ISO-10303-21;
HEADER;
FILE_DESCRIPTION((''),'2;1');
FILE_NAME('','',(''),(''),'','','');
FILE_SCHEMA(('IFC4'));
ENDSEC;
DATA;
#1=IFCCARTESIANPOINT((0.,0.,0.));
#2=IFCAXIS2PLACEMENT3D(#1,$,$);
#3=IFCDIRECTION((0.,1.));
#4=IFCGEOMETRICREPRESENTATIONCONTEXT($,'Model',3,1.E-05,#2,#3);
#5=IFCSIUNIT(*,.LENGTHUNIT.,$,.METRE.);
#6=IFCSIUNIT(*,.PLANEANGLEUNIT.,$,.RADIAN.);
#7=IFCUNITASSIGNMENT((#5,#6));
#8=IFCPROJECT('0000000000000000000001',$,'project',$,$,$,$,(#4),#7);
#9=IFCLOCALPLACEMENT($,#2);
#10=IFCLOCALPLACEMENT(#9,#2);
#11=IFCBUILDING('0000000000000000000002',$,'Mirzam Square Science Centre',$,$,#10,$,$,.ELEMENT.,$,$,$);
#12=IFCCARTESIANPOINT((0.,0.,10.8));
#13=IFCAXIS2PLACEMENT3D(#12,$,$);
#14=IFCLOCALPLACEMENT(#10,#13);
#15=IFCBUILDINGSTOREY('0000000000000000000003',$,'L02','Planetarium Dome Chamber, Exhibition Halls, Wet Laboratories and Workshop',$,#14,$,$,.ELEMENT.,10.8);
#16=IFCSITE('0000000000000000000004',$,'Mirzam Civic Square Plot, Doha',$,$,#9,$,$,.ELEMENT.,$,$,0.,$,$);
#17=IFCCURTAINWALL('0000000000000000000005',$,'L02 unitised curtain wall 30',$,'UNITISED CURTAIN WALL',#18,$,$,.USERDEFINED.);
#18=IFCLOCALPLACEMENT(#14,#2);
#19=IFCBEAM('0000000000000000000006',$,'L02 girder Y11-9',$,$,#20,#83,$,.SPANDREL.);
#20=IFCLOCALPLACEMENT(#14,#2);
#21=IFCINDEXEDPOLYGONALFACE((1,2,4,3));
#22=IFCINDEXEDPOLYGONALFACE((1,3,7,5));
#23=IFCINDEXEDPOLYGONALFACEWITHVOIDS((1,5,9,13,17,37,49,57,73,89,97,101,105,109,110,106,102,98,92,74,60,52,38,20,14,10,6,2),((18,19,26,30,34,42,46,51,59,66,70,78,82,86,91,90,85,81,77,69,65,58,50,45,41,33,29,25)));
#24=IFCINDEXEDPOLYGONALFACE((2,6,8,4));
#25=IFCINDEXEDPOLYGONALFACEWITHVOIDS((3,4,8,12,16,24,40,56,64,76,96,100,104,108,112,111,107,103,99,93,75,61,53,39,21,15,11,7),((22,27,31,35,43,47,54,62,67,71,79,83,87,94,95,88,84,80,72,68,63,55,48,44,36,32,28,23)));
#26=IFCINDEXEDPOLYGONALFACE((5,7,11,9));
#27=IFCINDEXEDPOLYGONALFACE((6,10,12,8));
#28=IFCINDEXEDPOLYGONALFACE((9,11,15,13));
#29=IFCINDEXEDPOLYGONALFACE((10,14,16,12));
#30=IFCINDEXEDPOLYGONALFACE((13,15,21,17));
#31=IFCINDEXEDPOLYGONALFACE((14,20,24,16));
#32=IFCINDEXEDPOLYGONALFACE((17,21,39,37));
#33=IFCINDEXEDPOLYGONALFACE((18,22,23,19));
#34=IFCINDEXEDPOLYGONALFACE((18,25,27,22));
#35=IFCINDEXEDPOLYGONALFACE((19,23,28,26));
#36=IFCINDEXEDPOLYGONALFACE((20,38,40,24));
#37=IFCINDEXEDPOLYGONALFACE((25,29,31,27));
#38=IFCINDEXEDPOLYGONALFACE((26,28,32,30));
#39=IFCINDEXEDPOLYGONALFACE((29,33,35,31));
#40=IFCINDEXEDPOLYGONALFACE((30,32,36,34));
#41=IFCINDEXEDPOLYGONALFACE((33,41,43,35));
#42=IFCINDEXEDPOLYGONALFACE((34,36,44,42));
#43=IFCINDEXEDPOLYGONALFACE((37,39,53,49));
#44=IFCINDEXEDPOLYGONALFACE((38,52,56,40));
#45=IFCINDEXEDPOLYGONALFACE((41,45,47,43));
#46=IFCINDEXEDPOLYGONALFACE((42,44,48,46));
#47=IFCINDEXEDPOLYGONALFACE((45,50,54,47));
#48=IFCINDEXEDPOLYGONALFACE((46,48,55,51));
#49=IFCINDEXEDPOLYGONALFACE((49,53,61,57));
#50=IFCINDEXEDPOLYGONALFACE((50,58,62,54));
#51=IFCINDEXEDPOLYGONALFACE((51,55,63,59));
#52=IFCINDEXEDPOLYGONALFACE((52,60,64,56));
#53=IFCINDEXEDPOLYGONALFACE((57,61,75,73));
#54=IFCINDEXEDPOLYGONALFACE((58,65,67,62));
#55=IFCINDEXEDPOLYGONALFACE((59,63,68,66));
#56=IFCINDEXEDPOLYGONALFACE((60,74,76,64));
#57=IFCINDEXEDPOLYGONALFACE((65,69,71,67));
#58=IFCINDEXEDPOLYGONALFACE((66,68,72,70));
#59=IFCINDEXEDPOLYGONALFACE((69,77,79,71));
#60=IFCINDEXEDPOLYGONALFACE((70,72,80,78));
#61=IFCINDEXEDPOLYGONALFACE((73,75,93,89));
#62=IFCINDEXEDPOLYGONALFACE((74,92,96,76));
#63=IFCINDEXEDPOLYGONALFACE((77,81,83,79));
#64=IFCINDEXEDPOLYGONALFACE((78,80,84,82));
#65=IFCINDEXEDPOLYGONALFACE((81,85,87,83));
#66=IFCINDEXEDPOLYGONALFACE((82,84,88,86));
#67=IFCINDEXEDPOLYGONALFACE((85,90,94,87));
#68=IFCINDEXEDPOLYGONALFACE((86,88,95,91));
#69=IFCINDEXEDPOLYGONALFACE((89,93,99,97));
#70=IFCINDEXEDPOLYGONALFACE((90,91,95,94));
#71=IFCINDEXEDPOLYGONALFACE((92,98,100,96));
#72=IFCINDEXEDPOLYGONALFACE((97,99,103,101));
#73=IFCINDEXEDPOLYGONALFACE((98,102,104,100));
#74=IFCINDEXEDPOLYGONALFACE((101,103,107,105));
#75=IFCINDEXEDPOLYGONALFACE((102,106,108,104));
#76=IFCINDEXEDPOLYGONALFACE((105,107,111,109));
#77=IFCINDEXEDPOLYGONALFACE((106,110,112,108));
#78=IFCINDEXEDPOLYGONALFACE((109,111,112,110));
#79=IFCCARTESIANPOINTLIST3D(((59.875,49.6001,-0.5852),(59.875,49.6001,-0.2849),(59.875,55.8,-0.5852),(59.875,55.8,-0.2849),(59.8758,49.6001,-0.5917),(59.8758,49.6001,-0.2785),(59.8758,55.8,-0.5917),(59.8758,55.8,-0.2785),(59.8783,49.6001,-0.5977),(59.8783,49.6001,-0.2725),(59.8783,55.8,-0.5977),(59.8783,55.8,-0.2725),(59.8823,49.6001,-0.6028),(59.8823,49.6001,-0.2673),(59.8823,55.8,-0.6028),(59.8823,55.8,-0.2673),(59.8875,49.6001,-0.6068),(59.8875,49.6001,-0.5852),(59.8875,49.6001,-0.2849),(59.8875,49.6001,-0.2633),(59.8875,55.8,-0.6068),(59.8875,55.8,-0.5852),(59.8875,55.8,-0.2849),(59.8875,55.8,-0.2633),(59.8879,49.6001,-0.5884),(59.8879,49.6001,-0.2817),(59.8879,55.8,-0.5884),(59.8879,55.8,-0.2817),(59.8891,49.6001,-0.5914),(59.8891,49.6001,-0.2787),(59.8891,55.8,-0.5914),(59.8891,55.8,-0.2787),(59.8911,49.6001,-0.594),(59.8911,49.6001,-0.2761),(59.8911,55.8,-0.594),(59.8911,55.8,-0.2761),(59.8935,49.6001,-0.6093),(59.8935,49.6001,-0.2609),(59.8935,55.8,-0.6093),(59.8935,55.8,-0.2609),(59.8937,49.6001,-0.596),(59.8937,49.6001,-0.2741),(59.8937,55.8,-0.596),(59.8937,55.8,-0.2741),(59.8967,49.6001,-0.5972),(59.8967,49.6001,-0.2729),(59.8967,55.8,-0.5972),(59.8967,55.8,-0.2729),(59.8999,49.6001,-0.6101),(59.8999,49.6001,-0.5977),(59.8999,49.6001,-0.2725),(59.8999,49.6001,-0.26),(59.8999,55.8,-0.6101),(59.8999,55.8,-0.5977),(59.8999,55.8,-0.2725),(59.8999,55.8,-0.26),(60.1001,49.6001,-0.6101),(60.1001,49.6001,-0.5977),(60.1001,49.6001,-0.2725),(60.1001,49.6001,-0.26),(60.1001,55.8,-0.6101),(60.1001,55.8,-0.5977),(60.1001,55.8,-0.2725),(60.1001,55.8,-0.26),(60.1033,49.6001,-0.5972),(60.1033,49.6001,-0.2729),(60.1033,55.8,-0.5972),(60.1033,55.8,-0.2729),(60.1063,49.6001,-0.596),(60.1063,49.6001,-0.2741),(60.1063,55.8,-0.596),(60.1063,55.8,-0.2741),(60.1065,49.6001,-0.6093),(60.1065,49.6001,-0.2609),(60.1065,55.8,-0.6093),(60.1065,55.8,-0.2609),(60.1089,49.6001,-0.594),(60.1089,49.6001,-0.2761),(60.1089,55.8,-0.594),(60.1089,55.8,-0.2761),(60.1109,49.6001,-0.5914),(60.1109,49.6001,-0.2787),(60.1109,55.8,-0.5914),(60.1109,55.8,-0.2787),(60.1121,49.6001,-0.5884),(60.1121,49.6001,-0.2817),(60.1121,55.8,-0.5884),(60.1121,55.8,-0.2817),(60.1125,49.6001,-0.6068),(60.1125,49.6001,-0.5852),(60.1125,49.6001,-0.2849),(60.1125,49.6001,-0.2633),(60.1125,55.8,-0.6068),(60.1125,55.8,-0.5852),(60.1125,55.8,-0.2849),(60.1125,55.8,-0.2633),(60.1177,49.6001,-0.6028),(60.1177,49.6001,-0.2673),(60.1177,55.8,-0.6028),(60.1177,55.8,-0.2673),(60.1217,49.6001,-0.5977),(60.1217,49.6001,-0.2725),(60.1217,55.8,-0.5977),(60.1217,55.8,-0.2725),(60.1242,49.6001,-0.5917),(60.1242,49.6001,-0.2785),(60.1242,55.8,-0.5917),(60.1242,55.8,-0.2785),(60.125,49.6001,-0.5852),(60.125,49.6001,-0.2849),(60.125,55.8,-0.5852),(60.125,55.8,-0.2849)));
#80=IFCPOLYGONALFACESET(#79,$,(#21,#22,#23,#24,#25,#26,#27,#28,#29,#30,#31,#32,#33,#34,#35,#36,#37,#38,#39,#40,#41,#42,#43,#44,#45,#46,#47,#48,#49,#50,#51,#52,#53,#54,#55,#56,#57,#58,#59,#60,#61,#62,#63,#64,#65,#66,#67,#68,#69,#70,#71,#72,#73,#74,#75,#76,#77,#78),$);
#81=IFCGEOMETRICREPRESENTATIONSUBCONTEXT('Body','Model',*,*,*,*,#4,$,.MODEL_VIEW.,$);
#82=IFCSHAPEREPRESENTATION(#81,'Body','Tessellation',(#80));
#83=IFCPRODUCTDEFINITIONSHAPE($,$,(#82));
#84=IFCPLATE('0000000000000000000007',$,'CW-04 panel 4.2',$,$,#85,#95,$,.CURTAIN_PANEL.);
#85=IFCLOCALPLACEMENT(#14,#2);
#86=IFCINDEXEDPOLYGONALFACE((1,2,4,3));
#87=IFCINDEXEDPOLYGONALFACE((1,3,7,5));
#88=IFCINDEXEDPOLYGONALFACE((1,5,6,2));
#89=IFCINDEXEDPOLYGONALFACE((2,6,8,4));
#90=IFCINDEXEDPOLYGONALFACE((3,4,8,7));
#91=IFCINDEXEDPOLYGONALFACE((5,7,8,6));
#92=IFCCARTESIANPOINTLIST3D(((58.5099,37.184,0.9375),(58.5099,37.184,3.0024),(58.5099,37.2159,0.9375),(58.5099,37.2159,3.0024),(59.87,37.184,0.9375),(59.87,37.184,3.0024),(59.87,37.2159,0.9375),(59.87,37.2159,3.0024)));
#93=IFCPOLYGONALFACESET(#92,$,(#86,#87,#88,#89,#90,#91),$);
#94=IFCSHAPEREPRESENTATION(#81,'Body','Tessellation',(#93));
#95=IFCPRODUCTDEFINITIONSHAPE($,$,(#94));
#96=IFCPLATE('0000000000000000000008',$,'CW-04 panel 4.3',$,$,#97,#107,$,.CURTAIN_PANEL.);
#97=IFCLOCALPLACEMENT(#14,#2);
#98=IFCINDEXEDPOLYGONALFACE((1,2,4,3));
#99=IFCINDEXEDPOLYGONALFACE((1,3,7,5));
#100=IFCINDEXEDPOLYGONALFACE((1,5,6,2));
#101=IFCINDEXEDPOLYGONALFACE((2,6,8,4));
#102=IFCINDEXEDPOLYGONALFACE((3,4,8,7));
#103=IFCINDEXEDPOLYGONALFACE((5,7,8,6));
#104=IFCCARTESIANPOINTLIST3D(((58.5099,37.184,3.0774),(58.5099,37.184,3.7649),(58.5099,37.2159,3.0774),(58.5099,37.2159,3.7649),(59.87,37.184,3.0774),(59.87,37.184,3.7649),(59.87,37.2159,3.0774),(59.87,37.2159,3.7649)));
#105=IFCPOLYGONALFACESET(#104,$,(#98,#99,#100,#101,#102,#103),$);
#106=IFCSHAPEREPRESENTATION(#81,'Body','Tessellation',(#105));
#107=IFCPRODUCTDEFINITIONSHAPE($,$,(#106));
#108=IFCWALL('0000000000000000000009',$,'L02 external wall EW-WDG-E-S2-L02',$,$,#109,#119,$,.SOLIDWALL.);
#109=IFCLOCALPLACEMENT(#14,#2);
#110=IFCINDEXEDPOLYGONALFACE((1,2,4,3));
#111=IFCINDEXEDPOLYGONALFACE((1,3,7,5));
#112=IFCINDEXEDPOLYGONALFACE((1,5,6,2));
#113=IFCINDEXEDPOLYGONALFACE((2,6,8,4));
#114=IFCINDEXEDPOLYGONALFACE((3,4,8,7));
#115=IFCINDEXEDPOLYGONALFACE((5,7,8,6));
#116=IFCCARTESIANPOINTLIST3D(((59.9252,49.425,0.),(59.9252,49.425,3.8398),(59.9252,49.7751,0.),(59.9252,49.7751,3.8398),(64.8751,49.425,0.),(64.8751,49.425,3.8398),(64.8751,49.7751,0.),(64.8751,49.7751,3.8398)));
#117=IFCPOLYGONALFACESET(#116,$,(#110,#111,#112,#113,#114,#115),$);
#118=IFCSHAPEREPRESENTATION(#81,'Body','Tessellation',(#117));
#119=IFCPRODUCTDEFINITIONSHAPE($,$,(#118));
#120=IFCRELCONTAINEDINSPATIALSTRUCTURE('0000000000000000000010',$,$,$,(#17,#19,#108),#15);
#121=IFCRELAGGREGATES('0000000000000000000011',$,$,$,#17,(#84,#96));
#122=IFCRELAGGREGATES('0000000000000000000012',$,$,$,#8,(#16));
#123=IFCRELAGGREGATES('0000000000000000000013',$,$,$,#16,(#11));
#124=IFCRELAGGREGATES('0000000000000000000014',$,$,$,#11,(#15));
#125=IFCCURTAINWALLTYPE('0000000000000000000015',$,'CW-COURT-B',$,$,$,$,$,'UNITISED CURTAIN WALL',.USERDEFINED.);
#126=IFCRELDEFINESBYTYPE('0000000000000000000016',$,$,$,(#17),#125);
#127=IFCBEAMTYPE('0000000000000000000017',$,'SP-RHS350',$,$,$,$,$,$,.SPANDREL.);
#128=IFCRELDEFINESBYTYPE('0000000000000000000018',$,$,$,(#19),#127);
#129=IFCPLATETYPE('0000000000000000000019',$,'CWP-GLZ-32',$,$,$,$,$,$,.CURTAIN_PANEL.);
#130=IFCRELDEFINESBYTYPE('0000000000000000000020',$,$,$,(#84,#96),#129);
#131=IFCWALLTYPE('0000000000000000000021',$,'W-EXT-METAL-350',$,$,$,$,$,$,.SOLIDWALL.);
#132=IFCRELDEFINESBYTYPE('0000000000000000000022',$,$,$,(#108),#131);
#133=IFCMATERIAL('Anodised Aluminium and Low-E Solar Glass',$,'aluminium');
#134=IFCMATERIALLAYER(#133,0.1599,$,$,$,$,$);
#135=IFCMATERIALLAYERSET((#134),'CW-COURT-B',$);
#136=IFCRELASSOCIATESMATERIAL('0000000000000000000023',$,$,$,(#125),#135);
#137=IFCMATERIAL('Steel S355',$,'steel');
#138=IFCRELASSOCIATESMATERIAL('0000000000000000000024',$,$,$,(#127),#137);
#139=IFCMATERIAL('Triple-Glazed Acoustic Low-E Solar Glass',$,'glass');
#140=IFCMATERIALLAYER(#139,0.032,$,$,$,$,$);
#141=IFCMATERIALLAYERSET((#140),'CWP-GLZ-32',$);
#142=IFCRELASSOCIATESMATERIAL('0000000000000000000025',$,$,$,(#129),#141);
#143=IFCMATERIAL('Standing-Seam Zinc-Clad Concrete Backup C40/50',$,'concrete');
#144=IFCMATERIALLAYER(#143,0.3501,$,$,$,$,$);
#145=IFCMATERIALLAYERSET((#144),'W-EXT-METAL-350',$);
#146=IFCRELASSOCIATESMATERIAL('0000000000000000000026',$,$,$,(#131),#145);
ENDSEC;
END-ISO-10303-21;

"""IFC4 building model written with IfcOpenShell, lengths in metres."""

from ifc_helpers import new_model, si_unit, direction, frame, frame_2d, origin, origin_2d, place, context, subcontext, project, spatial, rectangle, hollow_rectangle, extrude, material, layer, layer_set, material_profile, profile_set, type_object, element, aggregate, save


model = new_model("IFC4")

# Units and contexts
model_context = context("Model", 3, precision=1e-05, world=origin(), true_north=direction((0.0, 1.0)))
body_context = subcontext(model_context, "Body", "Model", "MODEL_VIEW")
ifc_project = project(units=[si_unit("LENGTHUNIT", "METRE"), si_unit("PLANEANGLEUNIT", "RADIAN")], contexts=[model_context])

# Site, building, storey
site_placement = place(None, origin())
site = spatial("IfcSite", under=ifc_project, at=site_placement, Name="Mirzam Civic Square Plot, Doha", CompositionType="ELEMENT", RefElevation=0.0)
building_placement = place(site_placement, origin())
building = spatial("IfcBuilding", under=site, at=building_placement, Name="Mirzam Square Science Centre", CompositionType="ELEMENT")
storey_placement = place(building_placement, frame((0.0, 0.0, 10.8)))
storey = spatial("IfcBuildingStorey", under=building, at=storey_placement, Name="L02", Description="Planetarium Dome Chamber, Exhibition Halls, Wet Laboratories and Workshop", CompositionType="ELEMENT", Elevation=10.8)

# Shared definitions
ifc_material_1 = material(Name="Steel S355", Category="steel")

# Curtain wall
ifc_material_2 = material(Name="Anodised Aluminium and Low-E Solar Glass", Category="aluminium")
ifc_layer_1 = layer(ifc_material_2, 0.1599)
ifc_layer_set_1 = layer_set([ifc_layer_1], Name="CW-COURT-B")
curtain_wall_type = type_object("IfcCurtainWallType", Name="CW-COURT-B", ElementType="UNITISED CURTAIN WALL", PredefinedType="USERDEFINED", material=ifc_layer_set_1)
curtain_wall_placement = place(storey_placement, origin())
curtain_wall = element("IfcCurtainWall", 1, at=curtain_wall_placement, inside=storey, type_object=curtain_wall_type, Name="L02 unitised curtain wall 30", ObjectType="UNITISED CURTAIN WALL", PredefinedType="USERDEFINED")

# Beam
ifc_material_profile_1 = material_profile(ifc_material_1, hollow_rectangle(XDim=0.25, YDim=0.3501, WallThickness=0.0125, InnerFilletRadius=0.0125, OuterFilletRadius=0.0249, at=origin_2d()), Name="350x250x12.5RHS")
ifc_profile_set_1 = profile_set([ifc_material_profile_1], Name="Steel S355")
beam_type_1 = type_object("IfcBeamType", Name="SP-RHS350", PredefinedType="SPANDREL", material=ifc_profile_set_1)
beam_1_placement = place(storey_placement, frame((60.0, 49.6001, -0.4351), z_axis=(0.0, 1.0, 0.0), x_axis=(-1.0, 0.0, 0.0)))
element("IfcBeam", 2, at=beam_1_placement, inside=storey, type_object=beam_type_1, Name="L02 girder Y11-9", PredefinedType="SPANDREL", context=body_context, shape_type="SweptSolid", body=[
    extrude(hollow_rectangle(XDim=0.25, YDim=0.3501, WallThickness=0.0125, InnerFilletRadius=0.0125, OuterFilletRadius=0.0249, at=origin_2d()), origin(), (0.0, 0.0, 1.0), 6.2),
])

# Plates
ifc_material_3 = material(Name="Triple-Glazed Acoustic Low-E Solar Glass", Category="glass")
ifc_layer_2 = layer(ifc_material_3, 0.032)
ifc_layer_set_2 = layer_set([ifc_layer_2], Name="CWP-GLZ-32")
plate_type = type_object("IfcPlateType", Name="CWP-GLZ-32", PredefinedType="CURTAIN_PANEL", material=ifc_layer_set_2)
plate_1_placement = place(storey_placement, frame((59.1899, 37.2, 0.9375), z_axis=(0.0, 0.0, 1.0), x_axis=(1.0, 0.0, 0.0)))
plate_1 = element("IfcPlate", 3, at=plate_1_placement, type_object=plate_type, Name="CW-04 panel 4.2", PredefinedType="CURTAIN_PANEL", context=body_context, shape_type="SweptSolid", body=[
    extrude(rectangle(XDim=1.3601, YDim=0.032, at=origin_2d()), origin(), (0.0, 0.0, 1.0), 2.0649),
])
plate_2_placement = place(storey_placement, frame((59.1899, 37.2, 3.0774), z_axis=(0.0, 0.0, 1.0), x_axis=(1.0, 0.0, 0.0)))
plate_2 = element("IfcPlate", 4, at=plate_2_placement, type_object=plate_type, Name="CW-04 panel 4.3", PredefinedType="CURTAIN_PANEL", context=body_context, shape_type="SweptSolid", body=[
    extrude(rectangle(XDim=1.3601, YDim=0.032, at=origin_2d()), origin(), (0.0, 0.0, 1.0), 0.6875),
])
aggregate(curtain_wall, [plate_1, plate_2])

# Wall
ifc_material_4 = material(Name="Standing-Seam Zinc-Clad Concrete Backup C40/50", Category="concrete")
ifc_layer_3 = layer(ifc_material_4, 0.3501)
ifc_layer_set_3 = layer_set([ifc_layer_3], Name="W-EXT-METAL-350")
wall_type = type_object("IfcWallType", Name="W-EXT-METAL-350", PredefinedType="SOLIDWALL", material=ifc_layer_set_3)
wall_placement = place(storey_placement, frame((59.925, 49.6001, 0.0), z_axis=(0.0, 0.0, 1.0), x_axis=(1.0, 0.0, 0.0)))
element("IfcWall", 5, at=wall_placement, inside=storey, type_object=wall_type, Name="L02 external wall EW-WDG-E-S2-L02", PredefinedType="SOLIDWALL", context=body_context, shape_type="SweptSolid", body=[
    extrude(rectangle(XDim=4.95, YDim=0.3501, at=frame_2d((2.4751, 0.0))), origin(), (0.0, 0.0, 1.0), 3.8398),
])

save(model, "model.ifc")
